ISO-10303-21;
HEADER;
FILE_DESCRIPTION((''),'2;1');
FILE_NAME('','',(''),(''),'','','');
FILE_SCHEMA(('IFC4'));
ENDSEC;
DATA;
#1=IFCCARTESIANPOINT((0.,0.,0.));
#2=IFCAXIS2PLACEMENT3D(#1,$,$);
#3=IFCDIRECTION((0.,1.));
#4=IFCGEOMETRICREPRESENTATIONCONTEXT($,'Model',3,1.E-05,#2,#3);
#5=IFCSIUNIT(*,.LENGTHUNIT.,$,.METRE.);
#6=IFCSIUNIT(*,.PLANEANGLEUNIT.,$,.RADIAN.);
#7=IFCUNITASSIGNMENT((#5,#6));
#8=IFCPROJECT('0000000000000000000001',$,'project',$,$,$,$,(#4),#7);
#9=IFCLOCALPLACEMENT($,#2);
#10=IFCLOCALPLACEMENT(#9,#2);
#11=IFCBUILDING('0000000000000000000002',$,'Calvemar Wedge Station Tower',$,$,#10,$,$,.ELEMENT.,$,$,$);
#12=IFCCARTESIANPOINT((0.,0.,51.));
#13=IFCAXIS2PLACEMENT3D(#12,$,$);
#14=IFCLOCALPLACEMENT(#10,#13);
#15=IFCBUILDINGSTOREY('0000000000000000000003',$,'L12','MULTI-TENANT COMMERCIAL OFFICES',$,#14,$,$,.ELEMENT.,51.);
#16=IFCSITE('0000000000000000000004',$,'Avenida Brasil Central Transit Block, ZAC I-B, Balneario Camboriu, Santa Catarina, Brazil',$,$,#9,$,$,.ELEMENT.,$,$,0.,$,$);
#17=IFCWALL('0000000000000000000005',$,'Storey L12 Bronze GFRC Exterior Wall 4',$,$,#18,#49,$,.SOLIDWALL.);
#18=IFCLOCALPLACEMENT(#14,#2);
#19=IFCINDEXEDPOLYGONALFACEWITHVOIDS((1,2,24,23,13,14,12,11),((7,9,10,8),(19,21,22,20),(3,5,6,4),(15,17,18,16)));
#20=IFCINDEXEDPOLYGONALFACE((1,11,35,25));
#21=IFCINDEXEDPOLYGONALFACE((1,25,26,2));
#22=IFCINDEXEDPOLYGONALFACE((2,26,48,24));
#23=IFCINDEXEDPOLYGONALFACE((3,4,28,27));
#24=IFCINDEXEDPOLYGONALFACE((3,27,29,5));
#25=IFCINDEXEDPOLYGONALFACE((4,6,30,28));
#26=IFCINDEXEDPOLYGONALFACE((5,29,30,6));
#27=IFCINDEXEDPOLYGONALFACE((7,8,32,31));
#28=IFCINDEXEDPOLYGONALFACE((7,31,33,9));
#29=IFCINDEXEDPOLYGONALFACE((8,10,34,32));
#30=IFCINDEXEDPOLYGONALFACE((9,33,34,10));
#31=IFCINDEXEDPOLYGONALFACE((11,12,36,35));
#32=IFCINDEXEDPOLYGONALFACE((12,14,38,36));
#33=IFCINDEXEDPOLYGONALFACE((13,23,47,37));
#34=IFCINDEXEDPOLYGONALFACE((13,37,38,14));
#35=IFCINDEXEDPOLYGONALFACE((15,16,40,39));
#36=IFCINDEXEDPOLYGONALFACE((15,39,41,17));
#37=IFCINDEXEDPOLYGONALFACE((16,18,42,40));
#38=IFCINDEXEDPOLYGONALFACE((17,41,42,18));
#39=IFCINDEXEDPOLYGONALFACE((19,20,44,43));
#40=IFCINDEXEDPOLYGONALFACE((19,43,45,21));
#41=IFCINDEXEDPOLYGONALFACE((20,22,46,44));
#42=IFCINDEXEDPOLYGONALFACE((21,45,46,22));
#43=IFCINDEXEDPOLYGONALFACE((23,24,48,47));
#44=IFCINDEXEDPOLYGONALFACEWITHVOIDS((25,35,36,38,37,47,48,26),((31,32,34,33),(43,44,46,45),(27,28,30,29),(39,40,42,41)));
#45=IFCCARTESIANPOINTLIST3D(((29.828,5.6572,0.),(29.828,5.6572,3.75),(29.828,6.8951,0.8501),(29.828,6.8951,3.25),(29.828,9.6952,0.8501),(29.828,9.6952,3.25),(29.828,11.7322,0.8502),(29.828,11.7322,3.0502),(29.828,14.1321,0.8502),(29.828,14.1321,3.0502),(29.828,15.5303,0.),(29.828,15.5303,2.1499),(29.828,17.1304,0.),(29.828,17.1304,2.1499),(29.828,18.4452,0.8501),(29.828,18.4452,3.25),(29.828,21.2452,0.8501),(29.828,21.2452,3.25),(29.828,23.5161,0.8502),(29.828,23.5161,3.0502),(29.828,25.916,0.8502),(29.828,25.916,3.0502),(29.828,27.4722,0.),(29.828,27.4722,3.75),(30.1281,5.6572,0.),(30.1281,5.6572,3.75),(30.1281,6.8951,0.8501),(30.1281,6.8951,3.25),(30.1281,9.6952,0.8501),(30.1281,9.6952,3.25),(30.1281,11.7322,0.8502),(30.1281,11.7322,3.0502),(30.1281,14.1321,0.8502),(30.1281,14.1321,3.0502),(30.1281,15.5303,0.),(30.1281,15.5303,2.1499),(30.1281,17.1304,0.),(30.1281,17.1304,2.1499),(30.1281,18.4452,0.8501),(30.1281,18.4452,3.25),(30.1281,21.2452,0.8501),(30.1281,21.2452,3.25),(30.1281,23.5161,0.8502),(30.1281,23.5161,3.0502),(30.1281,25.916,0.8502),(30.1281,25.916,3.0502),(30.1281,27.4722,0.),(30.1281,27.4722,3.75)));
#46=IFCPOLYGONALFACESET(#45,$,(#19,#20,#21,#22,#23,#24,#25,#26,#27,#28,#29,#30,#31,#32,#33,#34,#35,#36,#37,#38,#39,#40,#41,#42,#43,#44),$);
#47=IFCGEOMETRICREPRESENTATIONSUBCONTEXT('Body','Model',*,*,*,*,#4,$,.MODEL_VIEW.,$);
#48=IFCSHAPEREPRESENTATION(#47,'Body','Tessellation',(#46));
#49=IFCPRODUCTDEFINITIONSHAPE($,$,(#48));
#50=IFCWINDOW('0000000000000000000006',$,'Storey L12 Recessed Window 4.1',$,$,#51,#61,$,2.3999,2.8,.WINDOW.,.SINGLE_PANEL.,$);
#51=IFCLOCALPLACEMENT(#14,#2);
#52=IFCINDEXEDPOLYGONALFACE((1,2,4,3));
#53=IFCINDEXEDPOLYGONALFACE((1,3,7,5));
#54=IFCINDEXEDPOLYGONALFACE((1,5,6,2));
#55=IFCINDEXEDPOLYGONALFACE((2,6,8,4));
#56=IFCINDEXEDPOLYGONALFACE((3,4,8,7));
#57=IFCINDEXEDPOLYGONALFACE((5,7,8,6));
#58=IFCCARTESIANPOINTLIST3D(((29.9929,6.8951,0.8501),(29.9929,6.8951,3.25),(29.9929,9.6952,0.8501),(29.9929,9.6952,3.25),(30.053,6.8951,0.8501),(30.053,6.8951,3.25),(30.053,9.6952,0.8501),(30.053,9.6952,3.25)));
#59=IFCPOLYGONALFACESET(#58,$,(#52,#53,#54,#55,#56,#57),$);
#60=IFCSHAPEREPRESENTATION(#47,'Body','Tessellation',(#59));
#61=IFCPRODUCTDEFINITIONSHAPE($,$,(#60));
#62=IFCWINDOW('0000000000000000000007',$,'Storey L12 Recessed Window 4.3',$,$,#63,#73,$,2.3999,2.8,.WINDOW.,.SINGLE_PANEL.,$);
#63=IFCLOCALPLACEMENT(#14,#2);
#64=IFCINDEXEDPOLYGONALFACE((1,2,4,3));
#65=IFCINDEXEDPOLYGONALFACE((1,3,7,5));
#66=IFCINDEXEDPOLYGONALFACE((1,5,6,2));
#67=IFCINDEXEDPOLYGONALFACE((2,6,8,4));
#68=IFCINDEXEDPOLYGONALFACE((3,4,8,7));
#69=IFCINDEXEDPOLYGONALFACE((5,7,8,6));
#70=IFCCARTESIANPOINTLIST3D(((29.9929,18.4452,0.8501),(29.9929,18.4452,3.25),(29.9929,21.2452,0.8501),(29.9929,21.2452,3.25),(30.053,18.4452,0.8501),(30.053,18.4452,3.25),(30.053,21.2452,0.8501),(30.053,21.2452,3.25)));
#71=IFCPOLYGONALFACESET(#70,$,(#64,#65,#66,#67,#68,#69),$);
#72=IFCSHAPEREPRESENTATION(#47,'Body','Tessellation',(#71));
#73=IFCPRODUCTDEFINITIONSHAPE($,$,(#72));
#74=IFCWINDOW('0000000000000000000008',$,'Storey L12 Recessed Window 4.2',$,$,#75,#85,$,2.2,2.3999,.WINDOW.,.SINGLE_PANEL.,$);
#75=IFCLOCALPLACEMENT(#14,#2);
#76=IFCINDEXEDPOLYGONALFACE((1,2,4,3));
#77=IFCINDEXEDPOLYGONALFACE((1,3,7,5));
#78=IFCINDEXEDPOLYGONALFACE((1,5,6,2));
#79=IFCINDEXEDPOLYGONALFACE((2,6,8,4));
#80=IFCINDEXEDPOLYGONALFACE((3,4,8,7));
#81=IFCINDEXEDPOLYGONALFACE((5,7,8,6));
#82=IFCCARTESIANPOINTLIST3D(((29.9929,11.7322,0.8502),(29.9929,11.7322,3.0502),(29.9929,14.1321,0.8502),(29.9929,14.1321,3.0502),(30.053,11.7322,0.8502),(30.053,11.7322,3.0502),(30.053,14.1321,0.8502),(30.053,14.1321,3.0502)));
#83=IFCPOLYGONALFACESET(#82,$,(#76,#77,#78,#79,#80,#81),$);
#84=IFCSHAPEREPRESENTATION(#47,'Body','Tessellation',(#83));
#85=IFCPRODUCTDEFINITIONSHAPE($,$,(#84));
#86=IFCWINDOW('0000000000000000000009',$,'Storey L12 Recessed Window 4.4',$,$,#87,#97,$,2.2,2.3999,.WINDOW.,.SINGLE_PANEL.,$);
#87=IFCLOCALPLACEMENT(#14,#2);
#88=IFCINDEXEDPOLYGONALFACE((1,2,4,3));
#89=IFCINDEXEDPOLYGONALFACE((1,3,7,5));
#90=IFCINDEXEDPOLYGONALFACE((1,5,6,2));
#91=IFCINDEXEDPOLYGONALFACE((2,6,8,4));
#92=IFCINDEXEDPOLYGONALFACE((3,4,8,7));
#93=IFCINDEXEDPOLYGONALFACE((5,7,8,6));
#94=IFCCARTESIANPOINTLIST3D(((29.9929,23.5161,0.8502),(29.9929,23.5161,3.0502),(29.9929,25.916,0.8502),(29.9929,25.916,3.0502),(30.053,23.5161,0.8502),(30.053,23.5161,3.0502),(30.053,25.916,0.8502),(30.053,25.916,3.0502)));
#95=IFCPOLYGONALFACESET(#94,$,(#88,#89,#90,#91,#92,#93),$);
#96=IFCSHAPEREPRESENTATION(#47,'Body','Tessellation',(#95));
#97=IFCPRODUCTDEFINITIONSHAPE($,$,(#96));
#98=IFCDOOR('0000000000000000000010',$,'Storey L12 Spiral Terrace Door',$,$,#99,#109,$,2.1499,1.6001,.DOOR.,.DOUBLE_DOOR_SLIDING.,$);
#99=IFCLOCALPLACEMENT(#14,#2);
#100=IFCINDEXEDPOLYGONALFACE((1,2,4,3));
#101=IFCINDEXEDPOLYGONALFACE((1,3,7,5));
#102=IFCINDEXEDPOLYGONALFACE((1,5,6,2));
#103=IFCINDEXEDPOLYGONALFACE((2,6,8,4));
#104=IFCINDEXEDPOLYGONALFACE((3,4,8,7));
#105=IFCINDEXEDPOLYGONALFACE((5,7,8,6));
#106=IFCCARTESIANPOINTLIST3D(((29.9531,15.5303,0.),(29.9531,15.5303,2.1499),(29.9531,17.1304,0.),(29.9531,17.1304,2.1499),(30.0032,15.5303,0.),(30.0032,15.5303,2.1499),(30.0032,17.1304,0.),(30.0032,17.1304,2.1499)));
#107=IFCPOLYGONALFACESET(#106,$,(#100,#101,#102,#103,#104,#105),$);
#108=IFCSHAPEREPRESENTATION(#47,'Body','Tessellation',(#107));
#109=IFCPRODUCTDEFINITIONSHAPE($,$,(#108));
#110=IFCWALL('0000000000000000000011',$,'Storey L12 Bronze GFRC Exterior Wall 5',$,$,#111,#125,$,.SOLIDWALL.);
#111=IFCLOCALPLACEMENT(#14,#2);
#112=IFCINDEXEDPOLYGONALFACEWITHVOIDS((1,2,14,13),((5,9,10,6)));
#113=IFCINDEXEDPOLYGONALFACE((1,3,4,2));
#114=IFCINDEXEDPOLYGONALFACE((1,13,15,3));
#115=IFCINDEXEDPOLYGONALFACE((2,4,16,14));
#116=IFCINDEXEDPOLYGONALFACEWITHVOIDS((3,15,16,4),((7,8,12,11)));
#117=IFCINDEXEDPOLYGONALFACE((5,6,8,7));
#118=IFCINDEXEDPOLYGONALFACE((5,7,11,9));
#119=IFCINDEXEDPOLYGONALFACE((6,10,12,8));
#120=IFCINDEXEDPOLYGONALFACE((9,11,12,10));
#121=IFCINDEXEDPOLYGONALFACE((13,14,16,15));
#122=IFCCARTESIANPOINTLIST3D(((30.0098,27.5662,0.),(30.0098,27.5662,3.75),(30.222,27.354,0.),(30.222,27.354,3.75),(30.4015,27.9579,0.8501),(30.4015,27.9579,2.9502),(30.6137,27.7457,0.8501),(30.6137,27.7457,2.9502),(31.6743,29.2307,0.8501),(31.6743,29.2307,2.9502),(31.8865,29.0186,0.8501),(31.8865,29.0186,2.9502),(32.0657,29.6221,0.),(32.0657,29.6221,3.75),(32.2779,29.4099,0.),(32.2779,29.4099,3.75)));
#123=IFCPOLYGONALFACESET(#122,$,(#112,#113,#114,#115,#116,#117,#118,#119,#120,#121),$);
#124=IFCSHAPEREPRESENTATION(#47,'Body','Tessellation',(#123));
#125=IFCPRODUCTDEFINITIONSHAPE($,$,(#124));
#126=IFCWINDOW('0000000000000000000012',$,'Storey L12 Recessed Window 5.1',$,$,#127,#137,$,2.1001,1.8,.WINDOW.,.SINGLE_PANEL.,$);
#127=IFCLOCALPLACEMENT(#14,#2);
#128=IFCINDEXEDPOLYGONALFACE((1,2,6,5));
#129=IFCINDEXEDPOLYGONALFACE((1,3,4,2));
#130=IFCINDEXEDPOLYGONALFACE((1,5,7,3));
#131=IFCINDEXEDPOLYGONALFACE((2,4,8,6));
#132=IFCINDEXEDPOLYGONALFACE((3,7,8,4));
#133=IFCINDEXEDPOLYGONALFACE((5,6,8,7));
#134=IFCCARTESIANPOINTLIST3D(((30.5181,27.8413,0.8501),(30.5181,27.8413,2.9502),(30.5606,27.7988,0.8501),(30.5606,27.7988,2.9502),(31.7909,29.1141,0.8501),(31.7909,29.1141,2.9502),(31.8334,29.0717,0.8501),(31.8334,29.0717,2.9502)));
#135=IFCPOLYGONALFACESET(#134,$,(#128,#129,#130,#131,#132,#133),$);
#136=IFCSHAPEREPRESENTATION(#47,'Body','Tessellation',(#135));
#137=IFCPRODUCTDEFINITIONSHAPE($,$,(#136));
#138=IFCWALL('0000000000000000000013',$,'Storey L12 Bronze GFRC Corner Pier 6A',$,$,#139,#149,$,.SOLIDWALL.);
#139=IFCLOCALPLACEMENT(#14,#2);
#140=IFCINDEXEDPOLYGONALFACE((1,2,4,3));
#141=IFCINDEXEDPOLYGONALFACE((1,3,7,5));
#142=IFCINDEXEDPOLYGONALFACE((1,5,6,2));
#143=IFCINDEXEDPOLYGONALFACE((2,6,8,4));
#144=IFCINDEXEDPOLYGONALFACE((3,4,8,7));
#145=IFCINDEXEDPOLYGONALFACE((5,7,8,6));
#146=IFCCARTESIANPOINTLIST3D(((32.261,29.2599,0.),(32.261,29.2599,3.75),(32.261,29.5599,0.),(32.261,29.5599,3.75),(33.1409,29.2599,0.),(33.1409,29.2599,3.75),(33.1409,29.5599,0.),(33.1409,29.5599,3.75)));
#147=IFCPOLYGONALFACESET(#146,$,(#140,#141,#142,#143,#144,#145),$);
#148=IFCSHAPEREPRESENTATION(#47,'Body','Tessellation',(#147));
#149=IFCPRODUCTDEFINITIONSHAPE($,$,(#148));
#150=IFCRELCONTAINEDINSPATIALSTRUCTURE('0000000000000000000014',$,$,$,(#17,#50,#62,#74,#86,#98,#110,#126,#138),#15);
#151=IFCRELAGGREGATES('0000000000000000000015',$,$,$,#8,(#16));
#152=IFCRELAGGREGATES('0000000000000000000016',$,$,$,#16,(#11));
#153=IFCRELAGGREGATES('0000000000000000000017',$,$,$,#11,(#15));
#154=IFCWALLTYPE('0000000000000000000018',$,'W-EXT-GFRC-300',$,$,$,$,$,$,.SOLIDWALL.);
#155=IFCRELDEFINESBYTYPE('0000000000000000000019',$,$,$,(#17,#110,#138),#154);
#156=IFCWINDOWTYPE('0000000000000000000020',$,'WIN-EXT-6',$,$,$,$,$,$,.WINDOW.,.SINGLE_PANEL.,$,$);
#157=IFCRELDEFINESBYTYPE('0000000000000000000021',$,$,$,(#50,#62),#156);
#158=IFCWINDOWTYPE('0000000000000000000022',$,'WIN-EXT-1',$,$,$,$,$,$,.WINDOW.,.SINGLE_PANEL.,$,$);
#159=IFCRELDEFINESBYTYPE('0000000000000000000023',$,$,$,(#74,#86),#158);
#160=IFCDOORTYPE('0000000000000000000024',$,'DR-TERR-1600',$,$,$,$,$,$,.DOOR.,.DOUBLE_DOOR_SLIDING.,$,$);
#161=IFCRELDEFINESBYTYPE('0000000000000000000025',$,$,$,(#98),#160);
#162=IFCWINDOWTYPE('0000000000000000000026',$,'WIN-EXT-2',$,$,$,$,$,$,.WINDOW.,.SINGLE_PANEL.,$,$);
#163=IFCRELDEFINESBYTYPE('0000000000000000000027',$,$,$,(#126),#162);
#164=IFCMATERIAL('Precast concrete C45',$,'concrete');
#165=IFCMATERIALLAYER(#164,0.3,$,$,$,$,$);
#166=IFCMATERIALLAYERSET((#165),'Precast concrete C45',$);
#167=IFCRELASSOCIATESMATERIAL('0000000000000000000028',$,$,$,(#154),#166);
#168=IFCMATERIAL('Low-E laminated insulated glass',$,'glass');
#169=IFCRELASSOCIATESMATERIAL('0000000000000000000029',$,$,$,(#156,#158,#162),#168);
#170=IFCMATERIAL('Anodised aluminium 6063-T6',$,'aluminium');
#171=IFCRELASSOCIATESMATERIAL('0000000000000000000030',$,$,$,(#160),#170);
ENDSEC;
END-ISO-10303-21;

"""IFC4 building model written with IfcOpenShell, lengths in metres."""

from ifc_helpers import new_model, si_unit, direction, frame, frame_2d, origin, place, context, subcontext, project, spatial, rectangle, extrude, source, transform, mapped, material, layer, layer_set, type_object, element, fill, save


model = new_model("IFC4")

# Units and contexts
model_context = context("Model", 3, precision=1e-05, world=origin(), true_north=direction((0.0, 1.0)))
body_context = subcontext(model_context, "Body", "Model", "MODEL_VIEW")
ifc_project = project(units=[si_unit("LENGTHUNIT", "METRE"), si_unit("PLANEANGLEUNIT", "RADIAN")], contexts=[model_context])

# Site, building, storey
site_placement = place(None, origin())
site = spatial("IfcSite", under=ifc_project, at=site_placement, Name="Avenida Brasil Central Transit Block, ZAC I-B, Balneario Camboriu, Santa Catarina, Brazil", CompositionType="ELEMENT", RefElevation=0.0)
building_placement = place(site_placement, origin())
building = spatial("IfcBuilding", under=site, at=building_placement, Name="Calvemar Wedge Station Tower", CompositionType="ELEMENT")
storey_placement = place(building_placement, frame((0.0, 0.0, 51.0)))
storey = spatial("IfcBuildingStorey", under=building, at=storey_placement, Name="L12", Description="MULTI-TENANT COMMERCIAL OFFICES", CompositionType="ELEMENT", Elevation=51.0)

# Shared definitions
ifc_material_1 = material(Name="Anodised aluminium 6063-T6", Category="aluminium")

# Shared definitions
ifc_material_2 = material(Name="Precast concrete C45", Category="concrete")

# Wall, openings, windows, door
ifc_layer_1 = layer(ifc_material_2, 0.3)
ifc_layer_set_1 = layer_set([ifc_layer_1], Name="Precast concrete C45")
wall_type = type_object("IfcWallType", Name="W-EXT-GFRC-300", PredefinedType="SOLIDWALL", material=ifc_layer_set_1)
wall_1_placement = place(storey_placement, frame((29.978, 5.6572, 0.0), z_axis=(0.0, 0.0, 1.0), x_axis=(0.0, 1.0, 0.0)))
wall_1 = element("IfcWall", 1, at=wall_1_placement, inside=storey, type_object=wall_type, Name="Storey L12 Bronze GFRC Exterior Wall 4", PredefinedType="SOLIDWALL", context=body_context, shape_type="SweptSolid", body=[
    extrude(rectangle(XDim=21.8149, YDim=0.3, at=frame_2d((10.9075, 0.0))), origin(), (0.0, 0.0, 1.0), 3.75),
])
shared_shape_1 = source(origin(), body_context, "Body", "SweptSolid", [
    extrude(rectangle(XDim=1.6001, YDim=2.1499, at=frame_2d((0.8, 1.075))), frame((0.0, 0.1602, 0.0), z_axis=(0.0, -1.0, 0.0), x_axis=(1.0, 0.0, 0.0)), (0.0, 0.0, 1.0), 0.3201),
])
opening_1_placement = place(wall_1_placement, frame((9.873, 0.0, 0.0)))
opening_1 = element("IfcOpeningElement", 2, at=opening_1_placement, cuts=wall_1, PredefinedType="OPENING", context=body_context, shape_type="MappedRepresentation", body=[
    mapped(shared_shape_1, transform((0.0, 0.0, 0.0), scale=1.0)),
])
shared_shape_2 = source(origin(), body_context, "Body", "SweptSolid", [
    extrude(rectangle(XDim=2.8, YDim=2.3999, at=frame_2d((1.3999, 1.2))), frame((0.0, 0.1602, 0.0), z_axis=(0.0, -1.0, 0.0), x_axis=(1.0, 0.0, 0.0)), (0.0, 0.0, 1.0), 0.3201),
])
opening_2_placement = place(wall_1_placement, frame((1.238, 0.0, 0.8501)))
opening_2 = element("IfcOpeningElement", 3, at=opening_2_placement, cuts=wall_1, PredefinedType="OPENING", context=body_context, shape_type="MappedRepresentation", body=[
    mapped(shared_shape_2, transform((0.0, 0.0, 0.0), scale=1.0)),
])
shared_shape_3 = source(origin(), body_context, "Body", "SweptSolid", [
    extrude(rectangle(XDim=2.3999, YDim=2.2, at=frame_2d((1.2, 1.1001))), frame((0.0, 0.1602, 0.0), z_axis=(0.0, -1.0, 0.0), x_axis=(1.0, 0.0, 0.0)), (0.0, 0.0, 1.0), 0.3201),
])
opening_3_placement = place(wall_1_placement, frame((6.075, 0.0, 0.8501)))
opening_3 = element("IfcOpeningElement", 4, at=opening_3_placement, cuts=wall_1, PredefinedType="OPENING", context=body_context, shape_type="MappedRepresentation", body=[
    mapped(shared_shape_3, transform((0.0, 0.0, 0.0), scale=1.0)),
])
opening_4_placement = place(wall_1_placement, frame((12.7881, 0.0, 0.8501)))
opening_4 = element("IfcOpeningElement", 5, at=opening_4_placement, cuts=wall_1, PredefinedType="OPENING", context=body_context, shape_type="MappedRepresentation", body=[
    mapped(shared_shape_2, transform((0.0, 0.0, 0.0), scale=1.0)),
])
opening_5_placement = place(wall_1_placement, frame((17.8589, 0.0, 0.8501)))
opening_5 = element("IfcOpeningElement", 6, at=opening_5_placement, cuts=wall_1, PredefinedType="OPENING", context=body_context, shape_type="MappedRepresentation", body=[
    mapped(shared_shape_3, transform((0.0, 0.0, 0.0), scale=1.0)),
])
ifc_material_3 = material(Name="Low-E laminated insulated glass", Category="glass")
window_type_1 = type_object("IfcWindowType", Name="WIN-EXT-6", PartitioningType="SINGLE_PANEL", PredefinedType="WINDOW", material=ifc_material_3)
shared_shape_4 = source(origin(), body_context, "Body", "SweptSolid", [
    extrude(rectangle(XDim=2.8, YDim=2.3999, at=frame_2d((1.3999, 1.2))), frame((0.0, -0.0149, 0.0), z_axis=(0.0, -1.0, 0.0), x_axis=(1.0, 0.0, 0.0)), (0.0, 0.0, 1.0), 0.0601),
])
window_1_placement = place(opening_2_placement, origin())
window_1 = element("IfcWindow", 7, at=window_1_placement, inside=storey, type_object=window_type_1, Name="Storey L12 Recessed Window 4.1", OverallHeight=2.3999, OverallWidth=2.8, PartitioningType="SINGLE_PANEL", PredefinedType="WINDOW", context=body_context, shape_type="MappedRepresentation", body=[
    mapped(shared_shape_4, transform((0.0, 0.0, 0.0), scale=1.0)),
])
fill(opening_2, window_1)
window_2_placement = place(opening_4_placement, origin())
window_2 = element("IfcWindow", 8, at=window_2_placement, inside=storey, type_object=window_type_1, Name="Storey L12 Recessed Window 4.3", OverallHeight=2.3999, OverallWidth=2.8, PartitioningType="SINGLE_PANEL", PredefinedType="WINDOW", context=body_context, shape_type="MappedRepresentation", body=[
    mapped(shared_shape_4, transform((0.0, 0.0, 0.0), scale=1.0)),
])
fill(opening_4, window_2)
window_type_2 = type_object("IfcWindowType", Name="WIN-EXT-1", PartitioningType="SINGLE_PANEL", PredefinedType="WINDOW", material=ifc_material_3)
shared_shape_5 = source(origin(), body_context, "Body", "SweptSolid", [
    extrude(rectangle(XDim=2.3999, YDim=2.2, at=frame_2d((1.2, 1.1001))), frame((0.0, -0.0149, 0.0), z_axis=(0.0, -1.0, 0.0), x_axis=(1.0, 0.0, 0.0)), (0.0, 0.0, 1.0), 0.0601),
])
window_3_placement = place(opening_3_placement, origin())
window_3 = element("IfcWindow", 9, at=window_3_placement, inside=storey, type_object=window_type_2, Name="Storey L12 Recessed Window 4.2", OverallHeight=2.2, OverallWidth=2.3999, PartitioningType="SINGLE_PANEL", PredefinedType="WINDOW", context=body_context, shape_type="MappedRepresentation", body=[
    mapped(shared_shape_5, transform((0.0, 0.0, 0.0), scale=1.0)),
])
fill(opening_3, window_3)
window_4_placement = place(opening_5_placement, origin())
window_4 = element("IfcWindow", 10, at=window_4_placement, inside=storey, type_object=window_type_2, Name="Storey L12 Recessed Window 4.4", OverallHeight=2.2, OverallWidth=2.3999, PartitioningType="SINGLE_PANEL", PredefinedType="WINDOW", context=body_context, shape_type="MappedRepresentation", body=[
    mapped(shared_shape_5, transform((0.0, 0.0, 0.0), scale=1.0)),
])
fill(opening_5, window_4)
door_type = type_object("IfcDoorType", Name="DR-TERR-1600", OperationType="DOUBLE_DOOR_SLIDING", PredefinedType="DOOR", material=ifc_material_1)
shared_shape_6 = source(origin(), body_context, "Body", "SweptSolid", [
    extrude(rectangle(XDim=1.6001, YDim=2.1499, at=frame_2d((0.8, 1.075))), frame((0.0, 0.0249, 0.0), z_axis=(0.0, -1.0, 0.0), x_axis=(1.0, 0.0, 0.0)), (0.0, 0.0, 1.0), 0.05),
])
door_placement = place(opening_1_placement, origin())
door = element("IfcDoor", 11, at=door_placement, inside=storey, type_object=door_type, Name="Storey L12 Spiral Terrace Door", OperationType="DOUBLE_DOOR_SLIDING", OverallHeight=2.1499, OverallWidth=1.6001, PredefinedType="DOOR", context=body_context, shape_type="MappedRepresentation", body=[
    mapped(shared_shape_6, transform((0.0, 0.0, 0.0), scale=1.0)),
])
fill(opening_1, door)

# Wall, opening, window
wall_2_placement = place(storey_placement, frame((30.116, 27.4602, 0.0), z_axis=(0.0, 0.0, 1.0), x_axis=(0.707107, 0.707107, 0.0)))
wall_2 = element("IfcWall", 12, at=wall_2_placement, inside=storey, type_object=wall_type, Name="Storey L12 Bronze GFRC Exterior Wall 5", PredefinedType="SOLIDWALL", context=body_context, shape_type="SweptSolid", body=[
    extrude(rectangle(XDim=2.9075, YDim=0.3, at=frame_2d((1.4536, 0.0))), origin(), (0.0, 0.0, 1.0), 3.75),
])
shared_shape_7 = source(origin(), body_context, "Body", "SweptSolid", [
    extrude(rectangle(XDim=1.8, YDim=2.1001, at=frame_2d((0.8999, 1.05))), frame((0.0, 0.1602, 0.0), z_axis=(0.0, -1.0, 0.0), x_axis=(1.0, 0.0, 0.0)), (0.0, 0.0, 1.0), 0.3201),
])
opening_6_placement = place(wall_2_placement, frame((0.554, 0.0, 0.8501)))
opening_6 = element("IfcOpeningElement", 13, at=opening_6_placement, cuts=wall_2, PredefinedType="OPENING", context=body_context, shape_type="MappedRepresentation", body=[
    mapped(shared_shape_7, transform((0.0, 0.0, 0.0), scale=1.0)),
])
window_type_3 = type_object("IfcWindowType", Name="WIN-EXT-2", PartitioningType="SINGLE_PANEL", PredefinedType="WINDOW", material=ifc_material_3)
shared_shape_8 = source(origin(), body_context, "Body", "SweptSolid", [
    extrude(rectangle(XDim=1.8, YDim=2.1001, at=frame_2d((0.8999, 1.05))), frame((0.0, -0.0149, 0.0), z_axis=(0.0, -1.0, 0.0), x_axis=(1.0, 0.0, 0.0)), (0.0, 0.0, 1.0), 0.0601),
])
window_5_placement = place(opening_6_placement, origin())
window_5 = element("IfcWindow", 14, at=window_5_placement, inside=storey, type_object=window_type_3, Name="Storey L12 Recessed Window 5.1", OverallHeight=2.1001, OverallWidth=1.8, PartitioningType="SINGLE_PANEL", PredefinedType="WINDOW", context=body_context, shape_type="MappedRepresentation", body=[
    mapped(shared_shape_8, transform((0.0, 0.0, 0.0), scale=1.0)),
])
fill(opening_6, window_5)

# Wall
wall_3_placement = place(storey_placement, frame((32.261, 29.4099, 0.0), z_axis=(0.0, 0.0, 1.0), x_axis=(1.0, 0.0, 0.0)))
element("IfcWall", 15, at=wall_3_placement, inside=storey, type_object=wall_type, Name="Storey L12 Bronze GFRC Corner Pier 6A", PredefinedType="SOLIDWALL", context=body_context, shape_type="SweptSolid", body=[
    extrude(rectangle(XDim=0.8799, YDim=0.3, at=frame_2d((0.4399, 0.0))), origin(), (0.0, 0.0, 1.0), 3.75),
])

save(model, "model.ifc")
